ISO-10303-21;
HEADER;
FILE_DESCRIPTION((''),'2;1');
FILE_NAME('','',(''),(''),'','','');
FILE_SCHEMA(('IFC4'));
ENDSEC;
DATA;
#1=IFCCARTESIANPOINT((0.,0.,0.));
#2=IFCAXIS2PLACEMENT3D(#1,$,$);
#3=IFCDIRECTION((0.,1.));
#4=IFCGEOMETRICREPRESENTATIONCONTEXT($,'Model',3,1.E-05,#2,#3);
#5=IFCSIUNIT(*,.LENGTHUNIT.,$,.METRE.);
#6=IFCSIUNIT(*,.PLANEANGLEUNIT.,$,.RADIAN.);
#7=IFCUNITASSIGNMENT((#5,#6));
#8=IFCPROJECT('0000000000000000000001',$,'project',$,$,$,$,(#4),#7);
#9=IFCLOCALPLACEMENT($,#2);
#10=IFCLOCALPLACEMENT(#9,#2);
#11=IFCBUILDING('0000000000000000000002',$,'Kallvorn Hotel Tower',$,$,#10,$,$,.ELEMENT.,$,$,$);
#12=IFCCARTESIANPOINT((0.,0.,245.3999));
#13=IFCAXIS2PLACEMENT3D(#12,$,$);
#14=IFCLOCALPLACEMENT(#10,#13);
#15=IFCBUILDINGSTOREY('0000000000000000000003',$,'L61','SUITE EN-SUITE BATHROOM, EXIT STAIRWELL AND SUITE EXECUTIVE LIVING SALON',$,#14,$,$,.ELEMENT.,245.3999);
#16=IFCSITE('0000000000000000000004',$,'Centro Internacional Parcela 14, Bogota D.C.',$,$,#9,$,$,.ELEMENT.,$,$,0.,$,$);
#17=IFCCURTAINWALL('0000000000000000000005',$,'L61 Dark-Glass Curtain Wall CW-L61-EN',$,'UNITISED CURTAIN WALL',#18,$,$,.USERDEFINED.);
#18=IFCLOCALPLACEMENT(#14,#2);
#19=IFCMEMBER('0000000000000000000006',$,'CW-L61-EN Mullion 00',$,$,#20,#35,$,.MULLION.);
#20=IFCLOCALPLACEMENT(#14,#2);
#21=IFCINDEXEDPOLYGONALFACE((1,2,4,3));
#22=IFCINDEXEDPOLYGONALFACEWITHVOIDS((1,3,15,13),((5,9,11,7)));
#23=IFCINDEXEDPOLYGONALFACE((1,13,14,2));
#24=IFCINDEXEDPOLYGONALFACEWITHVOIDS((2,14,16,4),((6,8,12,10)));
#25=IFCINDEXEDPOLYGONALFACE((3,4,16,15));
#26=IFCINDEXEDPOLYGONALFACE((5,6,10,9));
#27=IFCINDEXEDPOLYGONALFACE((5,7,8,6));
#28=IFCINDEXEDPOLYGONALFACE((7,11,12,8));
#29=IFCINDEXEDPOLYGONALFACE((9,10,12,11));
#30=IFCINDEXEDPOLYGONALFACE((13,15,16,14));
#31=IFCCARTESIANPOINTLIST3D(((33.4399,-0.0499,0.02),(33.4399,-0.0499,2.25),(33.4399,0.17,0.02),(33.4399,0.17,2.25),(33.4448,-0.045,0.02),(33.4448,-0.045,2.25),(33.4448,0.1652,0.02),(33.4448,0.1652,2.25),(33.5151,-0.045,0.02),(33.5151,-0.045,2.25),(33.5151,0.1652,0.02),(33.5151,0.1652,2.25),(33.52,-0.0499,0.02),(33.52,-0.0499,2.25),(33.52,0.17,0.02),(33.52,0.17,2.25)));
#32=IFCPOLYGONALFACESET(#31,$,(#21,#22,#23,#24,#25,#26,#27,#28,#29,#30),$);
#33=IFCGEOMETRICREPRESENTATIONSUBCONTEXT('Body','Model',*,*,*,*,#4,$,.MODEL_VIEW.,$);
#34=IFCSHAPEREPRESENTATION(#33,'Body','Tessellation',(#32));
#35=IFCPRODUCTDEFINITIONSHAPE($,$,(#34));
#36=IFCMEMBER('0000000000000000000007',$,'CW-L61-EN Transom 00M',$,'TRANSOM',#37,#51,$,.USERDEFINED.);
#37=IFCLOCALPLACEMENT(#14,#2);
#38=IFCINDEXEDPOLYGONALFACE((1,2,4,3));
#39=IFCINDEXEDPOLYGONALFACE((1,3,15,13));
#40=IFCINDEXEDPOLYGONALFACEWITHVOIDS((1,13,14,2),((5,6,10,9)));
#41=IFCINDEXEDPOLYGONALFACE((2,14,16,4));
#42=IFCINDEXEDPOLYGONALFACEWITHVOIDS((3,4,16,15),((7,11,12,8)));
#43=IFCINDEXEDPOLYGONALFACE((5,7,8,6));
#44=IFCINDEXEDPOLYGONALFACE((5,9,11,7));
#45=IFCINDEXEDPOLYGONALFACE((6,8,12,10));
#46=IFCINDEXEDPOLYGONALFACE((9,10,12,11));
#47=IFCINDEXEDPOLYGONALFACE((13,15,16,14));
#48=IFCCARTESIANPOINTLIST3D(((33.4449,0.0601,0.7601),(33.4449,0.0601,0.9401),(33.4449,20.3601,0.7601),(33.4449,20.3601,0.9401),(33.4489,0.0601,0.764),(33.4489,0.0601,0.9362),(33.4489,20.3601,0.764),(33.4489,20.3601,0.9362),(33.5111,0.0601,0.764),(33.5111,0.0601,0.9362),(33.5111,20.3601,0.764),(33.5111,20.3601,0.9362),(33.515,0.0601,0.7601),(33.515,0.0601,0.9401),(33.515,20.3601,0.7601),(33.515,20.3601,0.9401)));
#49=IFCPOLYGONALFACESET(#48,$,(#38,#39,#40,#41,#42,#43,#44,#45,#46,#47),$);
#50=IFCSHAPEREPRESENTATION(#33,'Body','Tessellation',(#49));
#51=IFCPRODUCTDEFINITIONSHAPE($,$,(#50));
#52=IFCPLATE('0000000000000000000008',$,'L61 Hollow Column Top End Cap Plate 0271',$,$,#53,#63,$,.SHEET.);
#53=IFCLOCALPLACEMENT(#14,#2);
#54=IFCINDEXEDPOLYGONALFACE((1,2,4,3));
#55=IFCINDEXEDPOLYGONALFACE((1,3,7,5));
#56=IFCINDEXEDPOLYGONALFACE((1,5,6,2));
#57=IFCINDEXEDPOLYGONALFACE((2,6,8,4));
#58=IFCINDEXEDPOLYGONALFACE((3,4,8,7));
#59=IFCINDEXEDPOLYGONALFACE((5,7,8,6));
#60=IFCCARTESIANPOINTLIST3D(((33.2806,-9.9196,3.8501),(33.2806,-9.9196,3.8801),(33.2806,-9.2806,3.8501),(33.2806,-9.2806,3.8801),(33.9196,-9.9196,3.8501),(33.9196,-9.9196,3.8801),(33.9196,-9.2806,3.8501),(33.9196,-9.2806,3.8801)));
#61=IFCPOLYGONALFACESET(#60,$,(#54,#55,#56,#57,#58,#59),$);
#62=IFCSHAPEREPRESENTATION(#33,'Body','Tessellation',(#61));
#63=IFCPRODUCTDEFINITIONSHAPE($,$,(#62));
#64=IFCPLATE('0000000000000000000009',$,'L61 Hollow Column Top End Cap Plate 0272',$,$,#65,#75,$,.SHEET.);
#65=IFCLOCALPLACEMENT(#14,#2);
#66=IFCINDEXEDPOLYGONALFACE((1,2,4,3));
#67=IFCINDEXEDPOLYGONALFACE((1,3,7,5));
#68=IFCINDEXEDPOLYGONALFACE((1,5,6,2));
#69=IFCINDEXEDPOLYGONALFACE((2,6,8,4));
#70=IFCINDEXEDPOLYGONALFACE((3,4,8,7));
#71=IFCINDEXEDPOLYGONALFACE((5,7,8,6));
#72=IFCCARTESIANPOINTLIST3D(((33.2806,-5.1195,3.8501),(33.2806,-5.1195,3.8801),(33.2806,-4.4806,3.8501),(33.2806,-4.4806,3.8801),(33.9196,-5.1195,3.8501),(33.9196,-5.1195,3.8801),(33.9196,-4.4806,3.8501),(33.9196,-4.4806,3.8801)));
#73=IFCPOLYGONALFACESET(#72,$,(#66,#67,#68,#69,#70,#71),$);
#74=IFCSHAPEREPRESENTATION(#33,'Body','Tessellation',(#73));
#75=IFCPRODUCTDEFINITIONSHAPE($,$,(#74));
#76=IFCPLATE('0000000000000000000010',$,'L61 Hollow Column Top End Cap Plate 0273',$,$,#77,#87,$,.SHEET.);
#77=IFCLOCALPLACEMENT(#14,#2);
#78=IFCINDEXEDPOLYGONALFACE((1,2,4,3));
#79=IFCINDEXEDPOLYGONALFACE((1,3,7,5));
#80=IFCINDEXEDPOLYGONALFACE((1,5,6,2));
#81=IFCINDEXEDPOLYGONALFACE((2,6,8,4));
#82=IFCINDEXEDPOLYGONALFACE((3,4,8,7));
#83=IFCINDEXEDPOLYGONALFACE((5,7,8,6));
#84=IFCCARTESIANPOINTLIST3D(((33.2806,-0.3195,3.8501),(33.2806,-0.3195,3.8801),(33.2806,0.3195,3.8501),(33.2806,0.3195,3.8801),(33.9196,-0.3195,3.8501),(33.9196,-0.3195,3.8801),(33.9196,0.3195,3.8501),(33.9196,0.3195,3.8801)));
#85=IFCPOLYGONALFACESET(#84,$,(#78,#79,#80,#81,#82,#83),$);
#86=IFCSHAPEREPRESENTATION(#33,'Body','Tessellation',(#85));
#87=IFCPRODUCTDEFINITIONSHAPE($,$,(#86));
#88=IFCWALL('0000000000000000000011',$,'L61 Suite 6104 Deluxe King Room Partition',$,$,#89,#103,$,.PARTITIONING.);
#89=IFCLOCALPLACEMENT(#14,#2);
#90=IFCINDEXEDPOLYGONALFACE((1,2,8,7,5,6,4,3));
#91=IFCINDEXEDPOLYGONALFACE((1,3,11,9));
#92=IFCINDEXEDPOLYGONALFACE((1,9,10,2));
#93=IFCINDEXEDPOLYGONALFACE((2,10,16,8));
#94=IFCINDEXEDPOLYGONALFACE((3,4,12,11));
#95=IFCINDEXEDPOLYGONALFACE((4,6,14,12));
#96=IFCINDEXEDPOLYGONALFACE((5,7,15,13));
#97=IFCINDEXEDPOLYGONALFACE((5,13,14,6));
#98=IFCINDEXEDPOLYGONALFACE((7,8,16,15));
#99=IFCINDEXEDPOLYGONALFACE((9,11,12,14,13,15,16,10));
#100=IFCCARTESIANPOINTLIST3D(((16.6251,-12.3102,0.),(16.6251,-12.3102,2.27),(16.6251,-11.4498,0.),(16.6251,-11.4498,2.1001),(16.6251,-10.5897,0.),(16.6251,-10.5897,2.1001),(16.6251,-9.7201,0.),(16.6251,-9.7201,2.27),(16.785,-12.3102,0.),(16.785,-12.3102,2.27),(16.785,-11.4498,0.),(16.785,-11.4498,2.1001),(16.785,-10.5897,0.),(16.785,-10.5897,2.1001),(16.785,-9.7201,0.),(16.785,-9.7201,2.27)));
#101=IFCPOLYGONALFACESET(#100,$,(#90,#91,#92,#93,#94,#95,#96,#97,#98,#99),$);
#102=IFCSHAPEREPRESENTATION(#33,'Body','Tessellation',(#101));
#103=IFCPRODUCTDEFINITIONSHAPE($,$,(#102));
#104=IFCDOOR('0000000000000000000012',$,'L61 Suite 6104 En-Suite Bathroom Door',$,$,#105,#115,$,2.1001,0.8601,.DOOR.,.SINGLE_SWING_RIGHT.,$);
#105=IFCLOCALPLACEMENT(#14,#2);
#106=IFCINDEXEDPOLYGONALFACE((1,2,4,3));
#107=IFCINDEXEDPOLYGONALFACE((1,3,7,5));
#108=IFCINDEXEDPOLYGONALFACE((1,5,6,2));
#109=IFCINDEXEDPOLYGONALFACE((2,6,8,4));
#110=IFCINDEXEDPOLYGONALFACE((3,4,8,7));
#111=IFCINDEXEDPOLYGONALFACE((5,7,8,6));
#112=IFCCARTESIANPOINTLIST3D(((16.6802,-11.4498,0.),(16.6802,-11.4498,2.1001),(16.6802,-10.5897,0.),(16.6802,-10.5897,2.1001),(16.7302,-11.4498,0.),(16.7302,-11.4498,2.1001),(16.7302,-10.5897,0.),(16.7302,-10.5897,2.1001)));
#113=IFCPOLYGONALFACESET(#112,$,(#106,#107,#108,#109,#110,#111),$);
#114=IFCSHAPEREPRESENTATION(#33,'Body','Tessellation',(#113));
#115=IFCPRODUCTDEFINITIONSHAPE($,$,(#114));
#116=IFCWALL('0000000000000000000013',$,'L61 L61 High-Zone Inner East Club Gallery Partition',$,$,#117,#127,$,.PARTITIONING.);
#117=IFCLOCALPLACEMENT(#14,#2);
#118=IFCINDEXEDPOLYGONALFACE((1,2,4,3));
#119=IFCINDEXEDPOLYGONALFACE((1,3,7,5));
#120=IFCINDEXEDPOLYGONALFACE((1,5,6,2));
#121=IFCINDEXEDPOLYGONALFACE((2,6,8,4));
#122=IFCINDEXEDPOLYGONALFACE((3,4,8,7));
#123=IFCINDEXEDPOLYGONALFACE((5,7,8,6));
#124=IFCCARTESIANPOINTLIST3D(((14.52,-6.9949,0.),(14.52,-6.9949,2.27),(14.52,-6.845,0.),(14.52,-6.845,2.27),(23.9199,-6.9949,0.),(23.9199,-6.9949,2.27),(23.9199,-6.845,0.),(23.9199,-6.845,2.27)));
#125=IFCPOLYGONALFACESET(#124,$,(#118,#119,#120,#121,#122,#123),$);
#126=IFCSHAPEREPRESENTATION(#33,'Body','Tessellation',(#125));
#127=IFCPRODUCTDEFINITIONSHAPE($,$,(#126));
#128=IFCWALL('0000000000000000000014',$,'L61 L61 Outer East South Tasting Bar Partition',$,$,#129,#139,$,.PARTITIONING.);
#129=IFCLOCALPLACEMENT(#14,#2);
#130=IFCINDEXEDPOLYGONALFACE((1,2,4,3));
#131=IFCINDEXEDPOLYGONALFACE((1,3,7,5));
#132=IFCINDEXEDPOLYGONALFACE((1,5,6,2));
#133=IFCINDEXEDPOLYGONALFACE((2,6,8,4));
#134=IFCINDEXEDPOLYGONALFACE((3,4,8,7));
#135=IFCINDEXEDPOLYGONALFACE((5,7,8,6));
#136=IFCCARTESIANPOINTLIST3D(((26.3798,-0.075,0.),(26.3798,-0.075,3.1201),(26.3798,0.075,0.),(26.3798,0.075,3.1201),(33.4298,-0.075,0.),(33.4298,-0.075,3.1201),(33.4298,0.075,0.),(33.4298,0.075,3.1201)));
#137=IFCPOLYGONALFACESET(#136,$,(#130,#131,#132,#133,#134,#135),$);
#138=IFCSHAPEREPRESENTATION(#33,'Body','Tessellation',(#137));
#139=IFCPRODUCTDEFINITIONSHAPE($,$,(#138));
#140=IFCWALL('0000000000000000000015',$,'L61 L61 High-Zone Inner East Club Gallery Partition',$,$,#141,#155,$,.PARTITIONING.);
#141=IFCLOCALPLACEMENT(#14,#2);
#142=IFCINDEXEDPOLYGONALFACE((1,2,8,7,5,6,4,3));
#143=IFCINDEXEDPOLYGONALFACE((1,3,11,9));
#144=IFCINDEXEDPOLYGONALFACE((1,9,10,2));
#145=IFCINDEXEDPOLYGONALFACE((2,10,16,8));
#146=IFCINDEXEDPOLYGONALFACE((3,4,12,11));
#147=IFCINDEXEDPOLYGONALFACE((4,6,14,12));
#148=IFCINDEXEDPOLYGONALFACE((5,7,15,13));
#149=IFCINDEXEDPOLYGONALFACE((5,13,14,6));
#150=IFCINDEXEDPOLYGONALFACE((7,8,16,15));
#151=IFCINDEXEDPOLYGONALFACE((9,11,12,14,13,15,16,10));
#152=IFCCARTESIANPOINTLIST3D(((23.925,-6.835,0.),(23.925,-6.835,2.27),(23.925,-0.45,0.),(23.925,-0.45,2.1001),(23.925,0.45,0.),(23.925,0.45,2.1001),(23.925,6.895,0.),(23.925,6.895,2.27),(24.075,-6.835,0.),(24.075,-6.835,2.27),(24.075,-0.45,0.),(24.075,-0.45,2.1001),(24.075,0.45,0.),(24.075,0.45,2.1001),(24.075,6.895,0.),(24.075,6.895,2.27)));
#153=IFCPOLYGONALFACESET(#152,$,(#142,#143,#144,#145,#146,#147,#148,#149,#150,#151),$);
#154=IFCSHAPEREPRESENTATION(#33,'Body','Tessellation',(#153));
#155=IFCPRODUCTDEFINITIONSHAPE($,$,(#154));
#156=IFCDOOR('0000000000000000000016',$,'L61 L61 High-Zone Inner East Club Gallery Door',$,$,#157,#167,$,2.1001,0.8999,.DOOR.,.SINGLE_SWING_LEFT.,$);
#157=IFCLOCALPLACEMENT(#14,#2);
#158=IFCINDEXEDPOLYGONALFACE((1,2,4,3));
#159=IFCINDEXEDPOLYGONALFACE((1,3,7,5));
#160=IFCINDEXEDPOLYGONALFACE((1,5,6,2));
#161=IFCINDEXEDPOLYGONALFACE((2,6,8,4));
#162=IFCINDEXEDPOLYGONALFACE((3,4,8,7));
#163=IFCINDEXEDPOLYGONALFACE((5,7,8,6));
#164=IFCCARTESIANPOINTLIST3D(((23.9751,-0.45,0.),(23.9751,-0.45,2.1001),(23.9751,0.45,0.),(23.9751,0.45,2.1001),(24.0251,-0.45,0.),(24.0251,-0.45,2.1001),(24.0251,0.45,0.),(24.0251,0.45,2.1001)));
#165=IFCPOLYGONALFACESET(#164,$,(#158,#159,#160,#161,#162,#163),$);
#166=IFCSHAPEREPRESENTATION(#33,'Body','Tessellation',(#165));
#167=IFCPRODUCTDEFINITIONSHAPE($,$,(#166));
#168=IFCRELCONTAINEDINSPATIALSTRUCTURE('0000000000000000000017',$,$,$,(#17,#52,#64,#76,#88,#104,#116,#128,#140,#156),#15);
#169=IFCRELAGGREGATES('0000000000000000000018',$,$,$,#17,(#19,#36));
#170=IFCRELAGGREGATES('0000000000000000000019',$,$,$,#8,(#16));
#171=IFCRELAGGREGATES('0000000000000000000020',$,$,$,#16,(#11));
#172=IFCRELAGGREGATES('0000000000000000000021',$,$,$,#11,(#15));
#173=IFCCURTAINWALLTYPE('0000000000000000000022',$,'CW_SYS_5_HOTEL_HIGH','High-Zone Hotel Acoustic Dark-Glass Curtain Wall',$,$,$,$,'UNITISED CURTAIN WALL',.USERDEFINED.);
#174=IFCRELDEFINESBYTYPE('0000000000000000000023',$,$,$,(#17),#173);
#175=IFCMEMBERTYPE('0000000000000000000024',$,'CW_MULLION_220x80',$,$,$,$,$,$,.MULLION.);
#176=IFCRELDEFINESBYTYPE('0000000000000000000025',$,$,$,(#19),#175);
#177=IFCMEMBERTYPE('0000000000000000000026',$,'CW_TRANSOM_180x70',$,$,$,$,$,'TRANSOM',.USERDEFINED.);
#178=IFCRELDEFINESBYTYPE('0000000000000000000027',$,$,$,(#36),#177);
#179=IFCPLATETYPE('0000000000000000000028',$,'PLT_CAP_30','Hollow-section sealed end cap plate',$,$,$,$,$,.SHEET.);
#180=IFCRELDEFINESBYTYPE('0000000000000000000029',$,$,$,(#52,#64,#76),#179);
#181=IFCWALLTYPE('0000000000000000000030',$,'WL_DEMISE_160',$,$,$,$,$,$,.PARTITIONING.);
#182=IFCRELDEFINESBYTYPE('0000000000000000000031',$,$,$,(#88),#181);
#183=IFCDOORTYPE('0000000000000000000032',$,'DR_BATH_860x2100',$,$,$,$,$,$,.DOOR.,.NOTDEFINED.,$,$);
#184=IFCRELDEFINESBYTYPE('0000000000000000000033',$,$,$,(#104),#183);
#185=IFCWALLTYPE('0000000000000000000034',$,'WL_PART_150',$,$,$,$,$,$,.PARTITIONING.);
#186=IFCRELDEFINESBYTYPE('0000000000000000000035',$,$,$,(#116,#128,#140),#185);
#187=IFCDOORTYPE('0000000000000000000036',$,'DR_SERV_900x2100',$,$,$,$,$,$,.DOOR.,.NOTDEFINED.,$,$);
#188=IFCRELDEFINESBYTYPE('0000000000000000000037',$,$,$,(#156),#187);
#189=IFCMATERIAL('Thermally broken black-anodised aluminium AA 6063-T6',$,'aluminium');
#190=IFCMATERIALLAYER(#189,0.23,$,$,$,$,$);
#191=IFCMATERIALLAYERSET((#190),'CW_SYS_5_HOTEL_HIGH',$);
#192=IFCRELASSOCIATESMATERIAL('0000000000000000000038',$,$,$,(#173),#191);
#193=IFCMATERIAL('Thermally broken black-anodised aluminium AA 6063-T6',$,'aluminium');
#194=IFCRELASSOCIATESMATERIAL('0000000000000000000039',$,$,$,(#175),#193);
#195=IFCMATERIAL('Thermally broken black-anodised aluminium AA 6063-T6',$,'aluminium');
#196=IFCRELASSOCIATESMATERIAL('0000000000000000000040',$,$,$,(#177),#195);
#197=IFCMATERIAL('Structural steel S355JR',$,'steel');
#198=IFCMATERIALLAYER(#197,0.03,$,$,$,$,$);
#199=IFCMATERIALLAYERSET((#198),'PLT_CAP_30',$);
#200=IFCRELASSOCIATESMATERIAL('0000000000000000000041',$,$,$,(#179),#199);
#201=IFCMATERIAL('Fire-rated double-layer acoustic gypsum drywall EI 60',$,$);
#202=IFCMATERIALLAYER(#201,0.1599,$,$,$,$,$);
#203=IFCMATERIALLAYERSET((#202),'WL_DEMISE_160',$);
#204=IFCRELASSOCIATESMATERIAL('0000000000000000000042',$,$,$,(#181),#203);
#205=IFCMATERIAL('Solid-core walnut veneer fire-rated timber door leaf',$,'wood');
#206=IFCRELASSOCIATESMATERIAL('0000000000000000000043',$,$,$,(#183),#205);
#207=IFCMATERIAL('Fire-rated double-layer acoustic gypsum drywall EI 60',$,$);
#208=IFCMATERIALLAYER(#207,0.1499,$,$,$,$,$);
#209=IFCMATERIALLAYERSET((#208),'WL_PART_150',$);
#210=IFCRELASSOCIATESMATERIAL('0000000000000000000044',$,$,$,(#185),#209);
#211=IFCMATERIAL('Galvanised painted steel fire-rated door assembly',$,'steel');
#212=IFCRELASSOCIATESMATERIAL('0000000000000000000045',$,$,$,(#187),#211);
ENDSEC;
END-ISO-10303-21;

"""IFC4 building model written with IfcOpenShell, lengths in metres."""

from ifc_helpers import new_model, si_unit, direction, frame, frame_2d, origin, origin_2d, place, context, subcontext, project, spatial, rectangle, hollow_rectangle, extrude, material, layer, layer_set, material_profile, profile_set, type_object, element, fill, aggregate, save


model = new_model("IFC4")

# Units and contexts
model_context = context("Model", 3, precision=1e-05, world=origin(), true_north=direction((0.0, 1.0)))
body_context = subcontext(model_context, "Body", "Model", "MODEL_VIEW")
ifc_project = project(units=[si_unit("LENGTHUNIT", "METRE"), si_unit("PLANEANGLEUNIT", "RADIAN")], contexts=[model_context])

# Site, building, storey
site_placement = place(None, origin())
site = spatial("IfcSite", under=ifc_project, at=site_placement, Name="Centro Internacional Parcela 14, Bogota D.C.", CompositionType="ELEMENT", RefElevation=0.0)
building_placement = place(site_placement, origin())
building = spatial("IfcBuilding", under=site, at=building_placement, Name="Kallvorn Hotel Tower", CompositionType="ELEMENT")
storey_placement = place(building_placement, frame((0.0, 0.0, 245.3999)))
storey = spatial("IfcBuildingStorey", under=building, at=storey_placement, Name="L61", Description="SUITE EN-SUITE BATHROOM, EXIT STAIRWELL AND SUITE EXECUTIVE LIVING SALON", CompositionType="ELEMENT", Elevation=245.3999)

# Curtain wall, members
ifc_material_1 = material(Name="Thermally broken black-anodised aluminium AA 6063-T6", Category="aluminium")
ifc_layer_1 = layer(ifc_material_1, 0.23)
ifc_layer_set_1 = layer_set([ifc_layer_1], Name="CW_SYS_5_HOTEL_HIGH")
curtain_wall_type = type_object("IfcCurtainWallType", Name="CW_SYS_5_HOTEL_HIGH", Description="High-Zone Hotel Acoustic Dark-Glass Curtain Wall", ElementType="UNITISED CURTAIN WALL", PredefinedType="USERDEFINED", material=ifc_layer_set_1)
curtain_wall_placement = place(storey_placement, origin())
curtain_wall = element("IfcCurtainWall", 1, at=curtain_wall_placement, inside=storey, type_object=curtain_wall_type, Name="L61 Dark-Glass Curtain Wall CW-L61-EN", ObjectType="UNITISED CURTAIN WALL", PredefinedType="USERDEFINED")
ifc_material_2 = material(Name="Thermally broken black-anodised aluminium AA 6063-T6", Category="aluminium")
ifc_material_profile_1 = material_profile(ifc_material_2, hollow_rectangle(XDim=0.0801, YDim=0.22, WallThickness=0.0049, at=origin_2d()), Name="MUL 220x80")
ifc_profile_set_1 = profile_set([ifc_material_profile_1], Name="Thermally broken black-anodised aluminium AA 6063-T6")
member_type_1 = type_object("IfcMemberType", Name="CW_MULLION_220x80", PredefinedType="MULLION", material=ifc_profile_set_1)
member_1_placement = place(storey_placement, frame((33.48, 0.0601, 0.02), z_axis=(0.0, 0.0, 1.0), x_axis=(1.0, 0.0, 0.0)))
member_1 = element("IfcMember", 2, at=member_1_placement, type_object=member_type_1, Name="CW-L61-EN Mullion 00", PredefinedType="MULLION", context=body_context, shape_type="SweptSolid", body=[
    extrude(hollow_rectangle(XDim=0.0801, YDim=0.22, WallThickness=0.0049, at=origin_2d()), origin(), (0.0, 0.0, 1.0), 2.23),
])
ifc_material_3 = material(Name="Thermally broken black-anodised aluminium AA 6063-T6", Category="aluminium")
ifc_material_profile_2 = material_profile(ifc_material_3, hollow_rectangle(XDim=0.0701, YDim=0.1799, WallThickness=0.0039, at=origin_2d()), Name="TRN 180x70")
ifc_profile_set_2 = profile_set([ifc_material_profile_2], Name="Thermally broken black-anodised aluminium AA 6063-T6")
member_type_2 = type_object("IfcMemberType", Name="CW_TRANSOM_180x70", ElementType="TRANSOM", PredefinedType="USERDEFINED", material=ifc_profile_set_2)
member_2_placement = place(storey_placement, frame((33.48, 0.0601, 0.8501), z_axis=(0.0, 1.0, 0.0), x_axis=(-1.0, 0.0, 0.0)))
member_2 = element("IfcMember", 3, at=member_2_placement, type_object=member_type_2, Name="CW-L61-EN Transom 00M", ObjectType="TRANSOM", PredefinedType="USERDEFINED", context=body_context, shape_type="SweptSolid", body=[
    extrude(hollow_rectangle(XDim=0.0701, YDim=0.1799, WallThickness=0.0039, at=origin_2d()), origin(), (0.0, 0.0, 1.0), 20.3),
])
aggregate(curtain_wall, [member_1, member_2])

# Plates
ifc_material_4 = material(Name="Structural steel S355JR", Category="steel")
ifc_layer_2 = layer(ifc_material_4, 0.03)
ifc_layer_set_2 = layer_set([ifc_layer_2], Name="PLT_CAP_30")
plate_type = type_object("IfcPlateType", Name="PLT_CAP_30", Description="Hollow-section sealed end cap plate", PredefinedType="SHEET", material=ifc_layer_set_2)
for number, where, z_axis, x_axis, name in (
    (4, (33.6001, -9.6001, 3.8501), (0.0, 0.0, 1.0), (1.0, 0.0, 0.0), "L61 Hollow Column Top End Cap Plate 0271"),
    (5, (33.6001, -4.8, 3.8501), (0.0, 0.0, 1.0), (1.0, 0.0, 0.0), "L61 Hollow Column Top End Cap Plate 0272"),
    (6, (33.6001, 0.0, 3.8501), (0.0, 0.0, 1.0), (1.0, 0.0, 0.0), "L61 Hollow Column Top End Cap Plate 0273"),
):
    element("IfcPlate", number, at=place(storey_placement, frame(where, z_axis=z_axis, x_axis=x_axis)), inside=storey, type_object=plate_type, Name=name, PredefinedType="SHEET", context=body_context, shape_type="SweptSolid", body=[
        extrude(rectangle(XDim=0.6389, YDim=0.6389, at=origin_2d()), origin(), (0.0, 0.0, 1.0), 0.03),
    ])

# Wall, opening, door
ifc_material_5 = material(Name="Fire-rated double-layer acoustic gypsum drywall EI 60")
ifc_layer_3 = layer(ifc_material_5, 0.1599)
ifc_layer_set_3 = layer_set([ifc_layer_3], Name="WL_DEMISE_160")
wall_type_1 = type_object("IfcWallType", Name="WL_DEMISE_160", PredefinedType="PARTITIONING", material=ifc_layer_set_3)
wall_1_placement = place(storey_placement, frame((16.7051, -12.3101, 0.0), z_axis=(0.0, 0.0, 1.0), x_axis=(0.0, 1.0, 0.0)))
wall_1 = element("IfcWall", 7, at=wall_1_placement, inside=storey, type_object=wall_type_1, Name="L61 Suite 6104 Deluxe King Room Partition", PredefinedType="PARTITIONING", context=body_context, shape_type="SweptSolid", body=[
    extrude(rectangle(XDim=2.5901, YDim=0.1599, at=frame_2d((1.2949, 0.0))), origin(), (0.0, 0.0, 1.0), 2.27),
])
opening_1_placement = place(wall_1_placement, frame((0.8601, 0.0, 0.0)))
opening_1 = element("IfcOpeningElement", 8, at=opening_1_placement, cuts=wall_1, PredefinedType="OPENING", context=body_context, shape_type="SweptSolid", body=[
    extrude(rectangle(XDim=0.8601, YDim=2.1001, at=frame_2d((0.4302, 1.05))), frame((0.0, 0.095, 0.0), z_axis=(0.0, -1.0, 0.0), x_axis=(1.0, 0.0, 0.0)), (0.0, 0.0, 1.0), 0.1899),
])
ifc_material_6 = material(Name="Solid-core walnut veneer fire-rated timber door leaf", Category="wood")
door_type_1 = type_object("IfcDoorType", Name="DR_BATH_860x2100", OperationType="NOTDEFINED", PredefinedType="DOOR", material=ifc_material_6)
door_1_placement = place(opening_1_placement, origin())
door_1 = element("IfcDoor", 9, at=door_1_placement, inside=storey, type_object=door_type_1, Name="L61 Suite 6104 En-Suite Bathroom Door", OperationType="SINGLE_SWING_RIGHT", OverallHeight=2.1001, OverallWidth=0.8601, PredefinedType="DOOR", context=body_context, shape_type="SweptSolid", body=[
    extrude(rectangle(XDim=0.8601, YDim=2.1001, at=frame_2d((0.4302, 1.05))), frame((0.0, 0.0249, 0.0), z_axis=(0.0, -1.0, 0.0), x_axis=(1.0, 0.0, 0.0)), (0.0, 0.0, 1.0), 0.05),
])
fill(opening_1, door_1)

# Walls
ifc_material_7 = material(Name="Fire-rated double-layer acoustic gypsum drywall EI 60")
ifc_layer_4 = layer(ifc_material_7, 0.1499)
ifc_layer_set_4 = layer_set([ifc_layer_4], Name="WL_PART_150")
wall_type_2 = type_object("IfcWallType", Name="WL_PART_150", PredefinedType="PARTITIONING", material=ifc_layer_set_4)
wall_2_placement = place(storey_placement, frame((14.52, -6.9199, 0.0), z_axis=(0.0, 0.0, 1.0), x_axis=(1.0, 0.0, 0.0)))
element("IfcWall", 10, at=wall_2_placement, inside=storey, type_object=wall_type_2, Name="L61 L61 High-Zone Inner East Club Gallery Partition", PredefinedType="PARTITIONING", context=body_context, shape_type="SweptSolid", body=[
    extrude(rectangle(XDim=9.3999, YDim=0.1499, at=frame_2d((4.7, 0.0))), origin(), (0.0, 0.0, 1.0), 2.27),
])
wall_3_placement = place(storey_placement, frame((26.3799, 0.0, 0.0), z_axis=(0.0, 0.0, 1.0), x_axis=(1.0, 0.0, 0.0)))
element("IfcWall", 11, at=wall_3_placement, inside=storey, type_object=wall_type_2, Name="L61 L61 Outer East South Tasting Bar Partition", PredefinedType="PARTITIONING", context=body_context, shape_type="SweptSolid", body=[
    extrude(rectangle(XDim=7.05, YDim=0.1499, at=frame_2d((3.5249, 0.0))), origin(), (0.0, 0.0, 1.0), 3.1201),
])

# Wall, opening, door
wall_4_placement = place(storey_placement, frame((24.0, -6.835, 0.0), z_axis=(0.0, 0.0, 1.0), x_axis=(0.0, 1.0, 0.0)))
wall_4 = element("IfcWall", 12, at=wall_4_placement, inside=storey, type_object=wall_type_2, Name="L61 L61 High-Zone Inner East Club Gallery Partition", PredefinedType="PARTITIONING", context=body_context, shape_type="SweptSolid", body=[
    extrude(rectangle(XDim=13.73, YDim=0.1499, at=frame_2d((6.865, 0.0))), origin(), (0.0, 0.0, 1.0), 2.27),
])
opening_2_placement = place(wall_4_placement, frame((6.385, 0.0, 0.0)))
opening_2 = element("IfcOpeningElement", 13, at=opening_2_placement, cuts=wall_4, PredefinedType="OPENING", context=body_context, shape_type="SweptSolid", body=[
    extrude(rectangle(XDim=0.8999, YDim=2.1001, at=frame_2d((0.45, 1.05))), frame((0.0, 0.0898, 0.0), z_axis=(0.0, -1.0, 0.0), x_axis=(1.0, 0.0, 0.0)), (0.0, 0.0, 1.0), 0.1799),
])
ifc_material_8 = material(Name="Galvanised painted steel fire-rated door assembly", Category="steel")
door_type_2 = type_object("IfcDoorType", Name="DR_SERV_900x2100", OperationType="NOTDEFINED", PredefinedType="DOOR", material=ifc_material_8)
door_2_placement = place(opening_2_placement, origin())
door_2 = element("IfcDoor", 14, at=door_2_placement, inside=storey, type_object=door_type_2, Name="L61 L61 High-Zone Inner East Club Gallery Door", OperationType="SINGLE_SWING_LEFT", OverallHeight=2.1001, OverallWidth=0.8999, PredefinedType="DOOR", context=body_context, shape_type="SweptSolid", body=[
    extrude(rectangle(XDim=0.8999, YDim=2.1001, at=frame_2d((0.45, 1.05))), frame((0.0, 0.0249, 0.0), z_axis=(0.0, -1.0, 0.0), x_axis=(1.0, 0.0, 0.0)), (0.0, 0.0, 1.0), 0.05),
])
fill(opening_2, door_2)

save(model, "model.ifc")
